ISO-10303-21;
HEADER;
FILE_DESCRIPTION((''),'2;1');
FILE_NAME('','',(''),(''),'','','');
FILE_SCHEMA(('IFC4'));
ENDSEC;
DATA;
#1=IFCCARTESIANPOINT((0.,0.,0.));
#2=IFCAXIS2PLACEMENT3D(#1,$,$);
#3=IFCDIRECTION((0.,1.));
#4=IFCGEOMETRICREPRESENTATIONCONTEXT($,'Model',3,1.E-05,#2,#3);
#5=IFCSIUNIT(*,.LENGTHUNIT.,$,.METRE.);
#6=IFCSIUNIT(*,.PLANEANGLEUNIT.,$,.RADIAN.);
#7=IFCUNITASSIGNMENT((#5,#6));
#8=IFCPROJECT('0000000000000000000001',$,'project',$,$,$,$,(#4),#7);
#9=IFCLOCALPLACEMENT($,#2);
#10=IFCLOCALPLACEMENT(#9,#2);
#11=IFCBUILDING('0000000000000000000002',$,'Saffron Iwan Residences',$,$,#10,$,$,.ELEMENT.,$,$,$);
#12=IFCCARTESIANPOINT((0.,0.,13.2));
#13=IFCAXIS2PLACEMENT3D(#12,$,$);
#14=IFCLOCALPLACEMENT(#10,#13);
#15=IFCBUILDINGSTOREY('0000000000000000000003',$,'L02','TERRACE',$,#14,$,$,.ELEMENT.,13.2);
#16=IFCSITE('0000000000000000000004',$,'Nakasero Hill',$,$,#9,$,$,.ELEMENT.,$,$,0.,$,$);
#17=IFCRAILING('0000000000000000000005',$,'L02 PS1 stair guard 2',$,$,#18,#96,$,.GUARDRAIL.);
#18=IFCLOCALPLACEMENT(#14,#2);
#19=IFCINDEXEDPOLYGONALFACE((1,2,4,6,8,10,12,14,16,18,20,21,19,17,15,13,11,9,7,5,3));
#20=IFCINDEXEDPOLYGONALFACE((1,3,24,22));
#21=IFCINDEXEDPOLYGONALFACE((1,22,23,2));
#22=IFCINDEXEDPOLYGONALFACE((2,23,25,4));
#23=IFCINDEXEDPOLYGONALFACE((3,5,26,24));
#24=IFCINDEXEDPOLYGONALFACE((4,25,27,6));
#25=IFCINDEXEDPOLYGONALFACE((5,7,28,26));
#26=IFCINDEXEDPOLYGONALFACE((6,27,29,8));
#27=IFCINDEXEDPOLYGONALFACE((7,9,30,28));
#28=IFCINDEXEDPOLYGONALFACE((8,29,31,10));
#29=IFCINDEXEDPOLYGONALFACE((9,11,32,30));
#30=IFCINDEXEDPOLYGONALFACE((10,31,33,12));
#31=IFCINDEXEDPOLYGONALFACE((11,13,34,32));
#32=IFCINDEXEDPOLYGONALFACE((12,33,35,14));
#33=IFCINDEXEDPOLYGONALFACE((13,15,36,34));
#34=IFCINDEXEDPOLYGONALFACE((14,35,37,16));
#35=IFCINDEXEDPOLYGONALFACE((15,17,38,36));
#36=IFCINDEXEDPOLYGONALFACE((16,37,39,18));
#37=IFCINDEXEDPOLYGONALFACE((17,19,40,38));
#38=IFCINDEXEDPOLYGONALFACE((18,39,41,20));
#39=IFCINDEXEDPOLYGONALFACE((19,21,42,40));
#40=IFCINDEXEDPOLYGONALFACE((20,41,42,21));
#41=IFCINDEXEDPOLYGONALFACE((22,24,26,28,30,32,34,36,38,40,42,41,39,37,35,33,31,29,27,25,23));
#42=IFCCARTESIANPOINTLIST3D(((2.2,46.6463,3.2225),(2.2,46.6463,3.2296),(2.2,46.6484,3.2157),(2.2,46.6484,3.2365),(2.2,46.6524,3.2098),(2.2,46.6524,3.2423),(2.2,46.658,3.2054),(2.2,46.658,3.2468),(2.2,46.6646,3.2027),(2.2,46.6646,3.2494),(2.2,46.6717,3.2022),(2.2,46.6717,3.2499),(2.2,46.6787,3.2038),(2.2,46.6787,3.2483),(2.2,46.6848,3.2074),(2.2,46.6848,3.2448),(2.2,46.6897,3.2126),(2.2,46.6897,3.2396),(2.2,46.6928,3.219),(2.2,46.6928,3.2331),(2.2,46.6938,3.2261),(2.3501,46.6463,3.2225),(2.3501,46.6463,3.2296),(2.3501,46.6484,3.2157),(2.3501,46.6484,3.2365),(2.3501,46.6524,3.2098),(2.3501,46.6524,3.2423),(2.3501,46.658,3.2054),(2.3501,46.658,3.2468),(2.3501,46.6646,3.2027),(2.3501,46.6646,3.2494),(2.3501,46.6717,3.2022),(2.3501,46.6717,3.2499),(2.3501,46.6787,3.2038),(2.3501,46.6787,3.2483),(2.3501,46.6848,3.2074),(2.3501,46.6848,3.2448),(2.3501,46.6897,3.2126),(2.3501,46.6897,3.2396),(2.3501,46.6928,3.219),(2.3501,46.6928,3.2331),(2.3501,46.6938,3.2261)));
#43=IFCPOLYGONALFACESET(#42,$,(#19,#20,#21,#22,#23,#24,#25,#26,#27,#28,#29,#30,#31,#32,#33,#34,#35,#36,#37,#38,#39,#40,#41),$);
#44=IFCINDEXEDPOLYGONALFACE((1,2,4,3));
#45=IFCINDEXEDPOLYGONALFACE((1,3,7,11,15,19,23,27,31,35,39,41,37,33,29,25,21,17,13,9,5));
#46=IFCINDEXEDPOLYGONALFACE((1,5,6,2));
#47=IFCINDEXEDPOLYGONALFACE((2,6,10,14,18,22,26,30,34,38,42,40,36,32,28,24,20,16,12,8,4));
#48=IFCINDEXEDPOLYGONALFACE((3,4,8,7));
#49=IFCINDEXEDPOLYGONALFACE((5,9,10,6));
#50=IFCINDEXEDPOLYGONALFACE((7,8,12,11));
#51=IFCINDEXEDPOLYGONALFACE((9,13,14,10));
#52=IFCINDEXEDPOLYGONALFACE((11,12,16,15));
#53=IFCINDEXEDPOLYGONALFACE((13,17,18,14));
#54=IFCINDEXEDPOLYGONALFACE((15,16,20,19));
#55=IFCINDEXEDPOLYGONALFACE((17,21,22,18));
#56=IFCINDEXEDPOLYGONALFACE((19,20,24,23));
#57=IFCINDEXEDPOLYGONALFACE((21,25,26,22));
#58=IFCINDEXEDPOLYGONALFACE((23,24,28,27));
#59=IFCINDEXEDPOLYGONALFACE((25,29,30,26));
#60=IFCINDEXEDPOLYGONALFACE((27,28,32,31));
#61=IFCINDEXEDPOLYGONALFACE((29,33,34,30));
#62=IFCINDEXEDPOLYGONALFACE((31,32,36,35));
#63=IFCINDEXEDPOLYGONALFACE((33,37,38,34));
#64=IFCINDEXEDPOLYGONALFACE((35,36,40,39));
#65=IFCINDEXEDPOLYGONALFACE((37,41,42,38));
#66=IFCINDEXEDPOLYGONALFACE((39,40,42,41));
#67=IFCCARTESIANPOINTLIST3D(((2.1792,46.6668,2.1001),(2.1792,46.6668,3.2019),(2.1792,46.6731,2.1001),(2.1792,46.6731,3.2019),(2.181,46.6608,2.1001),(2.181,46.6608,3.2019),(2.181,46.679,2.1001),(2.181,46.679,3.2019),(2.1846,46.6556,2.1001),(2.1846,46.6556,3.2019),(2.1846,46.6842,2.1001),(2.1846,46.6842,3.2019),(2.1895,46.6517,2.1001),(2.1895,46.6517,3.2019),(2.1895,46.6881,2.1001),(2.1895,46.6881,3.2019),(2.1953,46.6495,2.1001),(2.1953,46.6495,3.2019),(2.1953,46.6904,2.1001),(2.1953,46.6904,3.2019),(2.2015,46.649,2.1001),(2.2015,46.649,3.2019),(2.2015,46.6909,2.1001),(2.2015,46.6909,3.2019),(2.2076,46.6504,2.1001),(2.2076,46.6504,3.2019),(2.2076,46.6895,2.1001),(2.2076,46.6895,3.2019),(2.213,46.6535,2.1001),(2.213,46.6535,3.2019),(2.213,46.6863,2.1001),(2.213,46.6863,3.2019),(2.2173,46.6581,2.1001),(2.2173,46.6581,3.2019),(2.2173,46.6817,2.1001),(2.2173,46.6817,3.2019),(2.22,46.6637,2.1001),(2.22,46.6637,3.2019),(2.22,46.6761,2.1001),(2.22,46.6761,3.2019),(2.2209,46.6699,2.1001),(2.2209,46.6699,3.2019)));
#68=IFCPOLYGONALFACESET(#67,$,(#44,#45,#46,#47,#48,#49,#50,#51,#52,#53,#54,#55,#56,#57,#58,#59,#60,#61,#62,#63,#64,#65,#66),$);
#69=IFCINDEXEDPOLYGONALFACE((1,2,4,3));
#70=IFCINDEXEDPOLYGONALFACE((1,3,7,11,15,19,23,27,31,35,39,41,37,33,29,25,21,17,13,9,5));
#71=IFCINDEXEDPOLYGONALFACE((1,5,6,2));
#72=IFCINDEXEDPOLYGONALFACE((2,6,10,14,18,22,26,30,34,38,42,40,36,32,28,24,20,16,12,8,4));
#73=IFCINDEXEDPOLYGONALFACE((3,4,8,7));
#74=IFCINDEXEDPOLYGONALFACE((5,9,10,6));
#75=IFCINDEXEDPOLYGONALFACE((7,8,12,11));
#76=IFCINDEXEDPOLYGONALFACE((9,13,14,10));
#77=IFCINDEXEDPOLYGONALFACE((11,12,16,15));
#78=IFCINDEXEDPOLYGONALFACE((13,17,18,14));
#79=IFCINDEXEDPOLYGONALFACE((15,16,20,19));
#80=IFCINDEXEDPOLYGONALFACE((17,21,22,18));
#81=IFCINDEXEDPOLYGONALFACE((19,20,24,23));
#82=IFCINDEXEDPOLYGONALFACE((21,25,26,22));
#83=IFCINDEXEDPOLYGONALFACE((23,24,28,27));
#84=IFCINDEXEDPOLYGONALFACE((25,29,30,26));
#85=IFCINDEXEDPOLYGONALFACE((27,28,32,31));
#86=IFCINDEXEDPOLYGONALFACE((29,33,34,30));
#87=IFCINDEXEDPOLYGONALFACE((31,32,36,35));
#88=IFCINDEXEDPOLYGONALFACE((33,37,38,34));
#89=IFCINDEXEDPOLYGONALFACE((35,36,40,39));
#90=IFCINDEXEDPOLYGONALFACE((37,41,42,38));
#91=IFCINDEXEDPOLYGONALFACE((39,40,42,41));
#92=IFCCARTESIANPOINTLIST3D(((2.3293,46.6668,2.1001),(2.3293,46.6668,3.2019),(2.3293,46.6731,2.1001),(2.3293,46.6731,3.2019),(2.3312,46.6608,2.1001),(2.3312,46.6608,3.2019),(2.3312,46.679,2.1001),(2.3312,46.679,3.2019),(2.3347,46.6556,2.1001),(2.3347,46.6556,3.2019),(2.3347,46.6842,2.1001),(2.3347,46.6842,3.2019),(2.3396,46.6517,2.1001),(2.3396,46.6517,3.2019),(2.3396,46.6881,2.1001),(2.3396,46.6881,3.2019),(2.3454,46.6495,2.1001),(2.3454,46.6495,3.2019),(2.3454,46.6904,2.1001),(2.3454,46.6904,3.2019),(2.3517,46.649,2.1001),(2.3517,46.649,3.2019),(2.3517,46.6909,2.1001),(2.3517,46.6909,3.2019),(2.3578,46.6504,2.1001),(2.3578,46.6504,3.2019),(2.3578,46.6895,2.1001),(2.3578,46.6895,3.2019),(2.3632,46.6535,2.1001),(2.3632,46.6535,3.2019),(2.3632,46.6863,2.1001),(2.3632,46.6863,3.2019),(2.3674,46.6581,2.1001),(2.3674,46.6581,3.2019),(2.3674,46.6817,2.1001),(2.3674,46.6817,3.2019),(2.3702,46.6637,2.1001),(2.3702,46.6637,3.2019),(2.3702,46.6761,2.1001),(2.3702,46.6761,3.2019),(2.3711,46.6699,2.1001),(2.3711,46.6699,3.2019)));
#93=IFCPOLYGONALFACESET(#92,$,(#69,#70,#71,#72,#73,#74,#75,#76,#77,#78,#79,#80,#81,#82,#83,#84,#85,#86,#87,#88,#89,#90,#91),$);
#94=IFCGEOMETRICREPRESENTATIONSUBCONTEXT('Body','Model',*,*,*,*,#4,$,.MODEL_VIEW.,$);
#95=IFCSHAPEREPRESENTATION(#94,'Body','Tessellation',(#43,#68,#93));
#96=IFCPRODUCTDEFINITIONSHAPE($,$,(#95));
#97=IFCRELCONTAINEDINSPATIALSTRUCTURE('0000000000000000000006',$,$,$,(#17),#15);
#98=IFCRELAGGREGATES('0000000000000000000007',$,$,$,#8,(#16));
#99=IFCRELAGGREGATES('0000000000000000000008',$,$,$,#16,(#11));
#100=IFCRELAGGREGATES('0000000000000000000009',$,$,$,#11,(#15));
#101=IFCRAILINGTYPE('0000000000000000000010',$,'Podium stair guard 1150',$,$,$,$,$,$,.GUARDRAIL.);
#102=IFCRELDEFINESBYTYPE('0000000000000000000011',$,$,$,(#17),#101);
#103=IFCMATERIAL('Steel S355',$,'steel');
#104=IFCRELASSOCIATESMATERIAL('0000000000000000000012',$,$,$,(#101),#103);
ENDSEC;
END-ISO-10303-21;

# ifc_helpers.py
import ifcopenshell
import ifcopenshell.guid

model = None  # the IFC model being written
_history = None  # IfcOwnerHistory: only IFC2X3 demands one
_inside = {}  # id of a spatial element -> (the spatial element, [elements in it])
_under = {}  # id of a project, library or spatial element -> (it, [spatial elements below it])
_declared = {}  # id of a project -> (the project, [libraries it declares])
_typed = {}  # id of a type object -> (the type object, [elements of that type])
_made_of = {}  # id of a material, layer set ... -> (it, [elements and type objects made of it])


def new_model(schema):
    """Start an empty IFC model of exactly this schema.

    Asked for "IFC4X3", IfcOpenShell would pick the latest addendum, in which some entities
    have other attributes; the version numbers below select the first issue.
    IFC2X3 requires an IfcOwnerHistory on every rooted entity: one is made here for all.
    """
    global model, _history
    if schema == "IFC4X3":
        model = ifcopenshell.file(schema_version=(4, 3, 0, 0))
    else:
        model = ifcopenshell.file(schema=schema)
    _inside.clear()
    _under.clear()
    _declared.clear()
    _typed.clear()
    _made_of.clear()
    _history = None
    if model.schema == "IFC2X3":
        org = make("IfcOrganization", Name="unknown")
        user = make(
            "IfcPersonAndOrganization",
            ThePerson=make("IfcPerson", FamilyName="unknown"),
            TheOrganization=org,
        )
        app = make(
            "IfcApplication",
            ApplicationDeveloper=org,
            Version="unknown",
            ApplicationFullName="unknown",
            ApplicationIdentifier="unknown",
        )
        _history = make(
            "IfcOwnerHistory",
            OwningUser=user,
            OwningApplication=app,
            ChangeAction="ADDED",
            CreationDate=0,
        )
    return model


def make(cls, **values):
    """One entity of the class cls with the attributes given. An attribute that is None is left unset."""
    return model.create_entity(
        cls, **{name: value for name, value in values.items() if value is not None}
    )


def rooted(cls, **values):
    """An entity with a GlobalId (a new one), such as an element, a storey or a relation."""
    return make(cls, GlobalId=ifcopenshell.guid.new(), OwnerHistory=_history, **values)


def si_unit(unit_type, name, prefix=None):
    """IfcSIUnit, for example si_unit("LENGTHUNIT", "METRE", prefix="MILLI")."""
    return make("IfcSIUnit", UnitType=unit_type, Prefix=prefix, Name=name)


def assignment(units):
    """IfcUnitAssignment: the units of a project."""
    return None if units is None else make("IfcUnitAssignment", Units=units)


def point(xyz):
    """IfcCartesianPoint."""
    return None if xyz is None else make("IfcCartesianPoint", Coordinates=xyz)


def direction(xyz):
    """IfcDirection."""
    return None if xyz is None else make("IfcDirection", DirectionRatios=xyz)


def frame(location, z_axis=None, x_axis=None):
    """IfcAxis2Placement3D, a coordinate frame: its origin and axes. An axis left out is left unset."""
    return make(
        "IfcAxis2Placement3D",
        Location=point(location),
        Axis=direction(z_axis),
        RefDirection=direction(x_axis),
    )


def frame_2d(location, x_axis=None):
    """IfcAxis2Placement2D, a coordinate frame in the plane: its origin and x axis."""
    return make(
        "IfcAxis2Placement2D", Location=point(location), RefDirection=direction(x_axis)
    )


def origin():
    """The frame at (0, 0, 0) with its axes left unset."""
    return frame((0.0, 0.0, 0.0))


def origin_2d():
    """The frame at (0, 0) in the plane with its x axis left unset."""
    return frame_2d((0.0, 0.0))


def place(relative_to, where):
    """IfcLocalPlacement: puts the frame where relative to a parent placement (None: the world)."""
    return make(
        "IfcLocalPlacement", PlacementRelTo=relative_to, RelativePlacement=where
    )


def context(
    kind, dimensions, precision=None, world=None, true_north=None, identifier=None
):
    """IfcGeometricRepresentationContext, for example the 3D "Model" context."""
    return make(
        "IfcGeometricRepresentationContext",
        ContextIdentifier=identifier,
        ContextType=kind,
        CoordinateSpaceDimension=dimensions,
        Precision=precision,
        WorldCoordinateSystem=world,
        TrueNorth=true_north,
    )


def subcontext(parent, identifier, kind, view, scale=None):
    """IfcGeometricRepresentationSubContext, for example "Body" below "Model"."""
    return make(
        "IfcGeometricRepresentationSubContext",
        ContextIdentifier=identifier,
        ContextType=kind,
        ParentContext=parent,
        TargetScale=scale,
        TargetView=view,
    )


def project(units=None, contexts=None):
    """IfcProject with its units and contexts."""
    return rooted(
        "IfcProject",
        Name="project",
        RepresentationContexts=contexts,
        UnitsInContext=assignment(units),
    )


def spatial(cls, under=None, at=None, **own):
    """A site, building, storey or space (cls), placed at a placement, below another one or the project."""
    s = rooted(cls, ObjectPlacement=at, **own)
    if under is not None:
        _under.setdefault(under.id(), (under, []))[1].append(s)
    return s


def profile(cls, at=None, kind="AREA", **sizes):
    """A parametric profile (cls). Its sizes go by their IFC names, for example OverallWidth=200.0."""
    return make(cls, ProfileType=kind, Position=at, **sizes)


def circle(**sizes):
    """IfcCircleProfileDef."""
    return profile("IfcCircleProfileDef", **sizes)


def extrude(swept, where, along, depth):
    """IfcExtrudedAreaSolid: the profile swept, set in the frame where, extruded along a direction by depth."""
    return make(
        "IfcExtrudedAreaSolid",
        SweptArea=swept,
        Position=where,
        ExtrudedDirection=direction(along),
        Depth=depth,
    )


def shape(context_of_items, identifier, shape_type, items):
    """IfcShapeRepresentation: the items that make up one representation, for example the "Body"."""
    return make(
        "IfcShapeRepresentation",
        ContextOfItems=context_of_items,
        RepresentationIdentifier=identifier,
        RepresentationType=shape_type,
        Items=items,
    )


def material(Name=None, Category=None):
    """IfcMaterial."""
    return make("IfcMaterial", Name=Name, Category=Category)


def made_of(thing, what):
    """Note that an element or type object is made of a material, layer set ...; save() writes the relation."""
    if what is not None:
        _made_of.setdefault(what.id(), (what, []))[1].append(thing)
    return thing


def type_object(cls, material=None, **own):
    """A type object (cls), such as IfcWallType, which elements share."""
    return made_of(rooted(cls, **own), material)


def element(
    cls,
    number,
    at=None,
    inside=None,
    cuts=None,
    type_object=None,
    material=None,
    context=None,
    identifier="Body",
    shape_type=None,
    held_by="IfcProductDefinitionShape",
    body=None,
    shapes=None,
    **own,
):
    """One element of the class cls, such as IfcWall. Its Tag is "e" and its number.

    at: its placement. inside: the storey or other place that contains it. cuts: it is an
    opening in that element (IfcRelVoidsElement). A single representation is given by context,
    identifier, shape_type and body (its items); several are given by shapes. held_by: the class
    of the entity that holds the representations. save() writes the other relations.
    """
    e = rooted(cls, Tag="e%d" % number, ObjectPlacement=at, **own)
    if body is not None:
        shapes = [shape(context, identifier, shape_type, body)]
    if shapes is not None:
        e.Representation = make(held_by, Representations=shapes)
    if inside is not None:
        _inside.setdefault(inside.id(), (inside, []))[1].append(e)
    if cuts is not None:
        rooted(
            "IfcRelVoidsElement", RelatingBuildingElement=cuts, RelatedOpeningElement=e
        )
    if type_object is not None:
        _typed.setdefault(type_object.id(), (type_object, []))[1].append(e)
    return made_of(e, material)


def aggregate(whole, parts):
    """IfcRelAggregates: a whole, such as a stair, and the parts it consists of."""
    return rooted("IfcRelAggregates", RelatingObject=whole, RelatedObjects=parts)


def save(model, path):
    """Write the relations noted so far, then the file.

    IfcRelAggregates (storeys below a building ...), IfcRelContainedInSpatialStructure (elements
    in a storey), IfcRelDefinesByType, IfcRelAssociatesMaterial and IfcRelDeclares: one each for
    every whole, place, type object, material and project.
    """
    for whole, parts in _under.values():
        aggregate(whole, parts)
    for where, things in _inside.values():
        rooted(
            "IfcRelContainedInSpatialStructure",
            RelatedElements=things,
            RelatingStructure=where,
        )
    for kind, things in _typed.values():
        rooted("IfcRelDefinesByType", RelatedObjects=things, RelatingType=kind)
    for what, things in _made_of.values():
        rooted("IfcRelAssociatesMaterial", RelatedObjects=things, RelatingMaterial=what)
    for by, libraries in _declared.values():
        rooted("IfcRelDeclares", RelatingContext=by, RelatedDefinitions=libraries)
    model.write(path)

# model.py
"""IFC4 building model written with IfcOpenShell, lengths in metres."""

from ifc_helpers import new_model, si_unit, direction, frame, origin, origin_2d, place, context, subcontext, project, spatial, circle, extrude, material, type_object, element, save


model = new_model("IFC4")

# Units and contexts
model_context = context("Model", 3, precision=1e-05, world=origin(), true_north=direction((0.0, 1.0)))
body_context = subcontext(model_context, "Body", "Model", "MODEL_VIEW")
ifc_project = project(units=[si_unit("LENGTHUNIT", "METRE"), si_unit("PLANEANGLEUNIT", "RADIAN")], contexts=[model_context])

# Site, building, storey
site_placement = place(None, origin())
site = spatial("IfcSite", under=ifc_project, at=site_placement, Name="Nakasero Hill", CompositionType="ELEMENT", RefElevation=0.0)
building_placement = place(site_placement, origin())
building = spatial("IfcBuilding", under=site, at=building_placement, Name="Saffron Iwan Residences", CompositionType="ELEMENT")
storey_placement = place(building_placement, frame((0.0, 0.0, 13.2)))
storey = spatial("IfcBuildingStorey", under=building, at=storey_placement, Name="L02", Description="TERRACE", CompositionType="ELEMENT", Elevation=13.2)

# Railing
ifc_material_1 = material(Name="Steel S355", Category="steel")
railing_type_1 = type_object("IfcRailingType", Name="Podium stair guard 1150", PredefinedType="GUARDRAIL", material=ifc_material_1)
railing_1_placement = place(storey_placement, frame((2.2, 46.6699, 2.1001)))
element("IfcRailing", 1, at=railing_1_placement, inside=storey, type_object=railing_type_1, Name="L02 PS1 stair guard 2", PredefinedType="GUARDRAIL", context=body_context, shape_type="SweptSolid", body=[
    extrude(circle(Radius=0.0239, at=origin_2d()), frame((0.0, 0.0, 1.126), z_axis=(1.0, 0.0, 0.0), x_axis=(0.0, 1.0, 0.0)), (0.0, 0.0, 1.0), 0.1501),
    extrude(circle(Radius=0.021, at=origin_2d()), origin(), (0.0, 0.0, 1.0), 1.1018),
    extrude(circle(Radius=0.021, at=origin_2d()), frame((0.1501, 0.0, 0.0)), (0.0, 0.0, 1.0), 1.1018),
])

save(model, "model.ifc")
